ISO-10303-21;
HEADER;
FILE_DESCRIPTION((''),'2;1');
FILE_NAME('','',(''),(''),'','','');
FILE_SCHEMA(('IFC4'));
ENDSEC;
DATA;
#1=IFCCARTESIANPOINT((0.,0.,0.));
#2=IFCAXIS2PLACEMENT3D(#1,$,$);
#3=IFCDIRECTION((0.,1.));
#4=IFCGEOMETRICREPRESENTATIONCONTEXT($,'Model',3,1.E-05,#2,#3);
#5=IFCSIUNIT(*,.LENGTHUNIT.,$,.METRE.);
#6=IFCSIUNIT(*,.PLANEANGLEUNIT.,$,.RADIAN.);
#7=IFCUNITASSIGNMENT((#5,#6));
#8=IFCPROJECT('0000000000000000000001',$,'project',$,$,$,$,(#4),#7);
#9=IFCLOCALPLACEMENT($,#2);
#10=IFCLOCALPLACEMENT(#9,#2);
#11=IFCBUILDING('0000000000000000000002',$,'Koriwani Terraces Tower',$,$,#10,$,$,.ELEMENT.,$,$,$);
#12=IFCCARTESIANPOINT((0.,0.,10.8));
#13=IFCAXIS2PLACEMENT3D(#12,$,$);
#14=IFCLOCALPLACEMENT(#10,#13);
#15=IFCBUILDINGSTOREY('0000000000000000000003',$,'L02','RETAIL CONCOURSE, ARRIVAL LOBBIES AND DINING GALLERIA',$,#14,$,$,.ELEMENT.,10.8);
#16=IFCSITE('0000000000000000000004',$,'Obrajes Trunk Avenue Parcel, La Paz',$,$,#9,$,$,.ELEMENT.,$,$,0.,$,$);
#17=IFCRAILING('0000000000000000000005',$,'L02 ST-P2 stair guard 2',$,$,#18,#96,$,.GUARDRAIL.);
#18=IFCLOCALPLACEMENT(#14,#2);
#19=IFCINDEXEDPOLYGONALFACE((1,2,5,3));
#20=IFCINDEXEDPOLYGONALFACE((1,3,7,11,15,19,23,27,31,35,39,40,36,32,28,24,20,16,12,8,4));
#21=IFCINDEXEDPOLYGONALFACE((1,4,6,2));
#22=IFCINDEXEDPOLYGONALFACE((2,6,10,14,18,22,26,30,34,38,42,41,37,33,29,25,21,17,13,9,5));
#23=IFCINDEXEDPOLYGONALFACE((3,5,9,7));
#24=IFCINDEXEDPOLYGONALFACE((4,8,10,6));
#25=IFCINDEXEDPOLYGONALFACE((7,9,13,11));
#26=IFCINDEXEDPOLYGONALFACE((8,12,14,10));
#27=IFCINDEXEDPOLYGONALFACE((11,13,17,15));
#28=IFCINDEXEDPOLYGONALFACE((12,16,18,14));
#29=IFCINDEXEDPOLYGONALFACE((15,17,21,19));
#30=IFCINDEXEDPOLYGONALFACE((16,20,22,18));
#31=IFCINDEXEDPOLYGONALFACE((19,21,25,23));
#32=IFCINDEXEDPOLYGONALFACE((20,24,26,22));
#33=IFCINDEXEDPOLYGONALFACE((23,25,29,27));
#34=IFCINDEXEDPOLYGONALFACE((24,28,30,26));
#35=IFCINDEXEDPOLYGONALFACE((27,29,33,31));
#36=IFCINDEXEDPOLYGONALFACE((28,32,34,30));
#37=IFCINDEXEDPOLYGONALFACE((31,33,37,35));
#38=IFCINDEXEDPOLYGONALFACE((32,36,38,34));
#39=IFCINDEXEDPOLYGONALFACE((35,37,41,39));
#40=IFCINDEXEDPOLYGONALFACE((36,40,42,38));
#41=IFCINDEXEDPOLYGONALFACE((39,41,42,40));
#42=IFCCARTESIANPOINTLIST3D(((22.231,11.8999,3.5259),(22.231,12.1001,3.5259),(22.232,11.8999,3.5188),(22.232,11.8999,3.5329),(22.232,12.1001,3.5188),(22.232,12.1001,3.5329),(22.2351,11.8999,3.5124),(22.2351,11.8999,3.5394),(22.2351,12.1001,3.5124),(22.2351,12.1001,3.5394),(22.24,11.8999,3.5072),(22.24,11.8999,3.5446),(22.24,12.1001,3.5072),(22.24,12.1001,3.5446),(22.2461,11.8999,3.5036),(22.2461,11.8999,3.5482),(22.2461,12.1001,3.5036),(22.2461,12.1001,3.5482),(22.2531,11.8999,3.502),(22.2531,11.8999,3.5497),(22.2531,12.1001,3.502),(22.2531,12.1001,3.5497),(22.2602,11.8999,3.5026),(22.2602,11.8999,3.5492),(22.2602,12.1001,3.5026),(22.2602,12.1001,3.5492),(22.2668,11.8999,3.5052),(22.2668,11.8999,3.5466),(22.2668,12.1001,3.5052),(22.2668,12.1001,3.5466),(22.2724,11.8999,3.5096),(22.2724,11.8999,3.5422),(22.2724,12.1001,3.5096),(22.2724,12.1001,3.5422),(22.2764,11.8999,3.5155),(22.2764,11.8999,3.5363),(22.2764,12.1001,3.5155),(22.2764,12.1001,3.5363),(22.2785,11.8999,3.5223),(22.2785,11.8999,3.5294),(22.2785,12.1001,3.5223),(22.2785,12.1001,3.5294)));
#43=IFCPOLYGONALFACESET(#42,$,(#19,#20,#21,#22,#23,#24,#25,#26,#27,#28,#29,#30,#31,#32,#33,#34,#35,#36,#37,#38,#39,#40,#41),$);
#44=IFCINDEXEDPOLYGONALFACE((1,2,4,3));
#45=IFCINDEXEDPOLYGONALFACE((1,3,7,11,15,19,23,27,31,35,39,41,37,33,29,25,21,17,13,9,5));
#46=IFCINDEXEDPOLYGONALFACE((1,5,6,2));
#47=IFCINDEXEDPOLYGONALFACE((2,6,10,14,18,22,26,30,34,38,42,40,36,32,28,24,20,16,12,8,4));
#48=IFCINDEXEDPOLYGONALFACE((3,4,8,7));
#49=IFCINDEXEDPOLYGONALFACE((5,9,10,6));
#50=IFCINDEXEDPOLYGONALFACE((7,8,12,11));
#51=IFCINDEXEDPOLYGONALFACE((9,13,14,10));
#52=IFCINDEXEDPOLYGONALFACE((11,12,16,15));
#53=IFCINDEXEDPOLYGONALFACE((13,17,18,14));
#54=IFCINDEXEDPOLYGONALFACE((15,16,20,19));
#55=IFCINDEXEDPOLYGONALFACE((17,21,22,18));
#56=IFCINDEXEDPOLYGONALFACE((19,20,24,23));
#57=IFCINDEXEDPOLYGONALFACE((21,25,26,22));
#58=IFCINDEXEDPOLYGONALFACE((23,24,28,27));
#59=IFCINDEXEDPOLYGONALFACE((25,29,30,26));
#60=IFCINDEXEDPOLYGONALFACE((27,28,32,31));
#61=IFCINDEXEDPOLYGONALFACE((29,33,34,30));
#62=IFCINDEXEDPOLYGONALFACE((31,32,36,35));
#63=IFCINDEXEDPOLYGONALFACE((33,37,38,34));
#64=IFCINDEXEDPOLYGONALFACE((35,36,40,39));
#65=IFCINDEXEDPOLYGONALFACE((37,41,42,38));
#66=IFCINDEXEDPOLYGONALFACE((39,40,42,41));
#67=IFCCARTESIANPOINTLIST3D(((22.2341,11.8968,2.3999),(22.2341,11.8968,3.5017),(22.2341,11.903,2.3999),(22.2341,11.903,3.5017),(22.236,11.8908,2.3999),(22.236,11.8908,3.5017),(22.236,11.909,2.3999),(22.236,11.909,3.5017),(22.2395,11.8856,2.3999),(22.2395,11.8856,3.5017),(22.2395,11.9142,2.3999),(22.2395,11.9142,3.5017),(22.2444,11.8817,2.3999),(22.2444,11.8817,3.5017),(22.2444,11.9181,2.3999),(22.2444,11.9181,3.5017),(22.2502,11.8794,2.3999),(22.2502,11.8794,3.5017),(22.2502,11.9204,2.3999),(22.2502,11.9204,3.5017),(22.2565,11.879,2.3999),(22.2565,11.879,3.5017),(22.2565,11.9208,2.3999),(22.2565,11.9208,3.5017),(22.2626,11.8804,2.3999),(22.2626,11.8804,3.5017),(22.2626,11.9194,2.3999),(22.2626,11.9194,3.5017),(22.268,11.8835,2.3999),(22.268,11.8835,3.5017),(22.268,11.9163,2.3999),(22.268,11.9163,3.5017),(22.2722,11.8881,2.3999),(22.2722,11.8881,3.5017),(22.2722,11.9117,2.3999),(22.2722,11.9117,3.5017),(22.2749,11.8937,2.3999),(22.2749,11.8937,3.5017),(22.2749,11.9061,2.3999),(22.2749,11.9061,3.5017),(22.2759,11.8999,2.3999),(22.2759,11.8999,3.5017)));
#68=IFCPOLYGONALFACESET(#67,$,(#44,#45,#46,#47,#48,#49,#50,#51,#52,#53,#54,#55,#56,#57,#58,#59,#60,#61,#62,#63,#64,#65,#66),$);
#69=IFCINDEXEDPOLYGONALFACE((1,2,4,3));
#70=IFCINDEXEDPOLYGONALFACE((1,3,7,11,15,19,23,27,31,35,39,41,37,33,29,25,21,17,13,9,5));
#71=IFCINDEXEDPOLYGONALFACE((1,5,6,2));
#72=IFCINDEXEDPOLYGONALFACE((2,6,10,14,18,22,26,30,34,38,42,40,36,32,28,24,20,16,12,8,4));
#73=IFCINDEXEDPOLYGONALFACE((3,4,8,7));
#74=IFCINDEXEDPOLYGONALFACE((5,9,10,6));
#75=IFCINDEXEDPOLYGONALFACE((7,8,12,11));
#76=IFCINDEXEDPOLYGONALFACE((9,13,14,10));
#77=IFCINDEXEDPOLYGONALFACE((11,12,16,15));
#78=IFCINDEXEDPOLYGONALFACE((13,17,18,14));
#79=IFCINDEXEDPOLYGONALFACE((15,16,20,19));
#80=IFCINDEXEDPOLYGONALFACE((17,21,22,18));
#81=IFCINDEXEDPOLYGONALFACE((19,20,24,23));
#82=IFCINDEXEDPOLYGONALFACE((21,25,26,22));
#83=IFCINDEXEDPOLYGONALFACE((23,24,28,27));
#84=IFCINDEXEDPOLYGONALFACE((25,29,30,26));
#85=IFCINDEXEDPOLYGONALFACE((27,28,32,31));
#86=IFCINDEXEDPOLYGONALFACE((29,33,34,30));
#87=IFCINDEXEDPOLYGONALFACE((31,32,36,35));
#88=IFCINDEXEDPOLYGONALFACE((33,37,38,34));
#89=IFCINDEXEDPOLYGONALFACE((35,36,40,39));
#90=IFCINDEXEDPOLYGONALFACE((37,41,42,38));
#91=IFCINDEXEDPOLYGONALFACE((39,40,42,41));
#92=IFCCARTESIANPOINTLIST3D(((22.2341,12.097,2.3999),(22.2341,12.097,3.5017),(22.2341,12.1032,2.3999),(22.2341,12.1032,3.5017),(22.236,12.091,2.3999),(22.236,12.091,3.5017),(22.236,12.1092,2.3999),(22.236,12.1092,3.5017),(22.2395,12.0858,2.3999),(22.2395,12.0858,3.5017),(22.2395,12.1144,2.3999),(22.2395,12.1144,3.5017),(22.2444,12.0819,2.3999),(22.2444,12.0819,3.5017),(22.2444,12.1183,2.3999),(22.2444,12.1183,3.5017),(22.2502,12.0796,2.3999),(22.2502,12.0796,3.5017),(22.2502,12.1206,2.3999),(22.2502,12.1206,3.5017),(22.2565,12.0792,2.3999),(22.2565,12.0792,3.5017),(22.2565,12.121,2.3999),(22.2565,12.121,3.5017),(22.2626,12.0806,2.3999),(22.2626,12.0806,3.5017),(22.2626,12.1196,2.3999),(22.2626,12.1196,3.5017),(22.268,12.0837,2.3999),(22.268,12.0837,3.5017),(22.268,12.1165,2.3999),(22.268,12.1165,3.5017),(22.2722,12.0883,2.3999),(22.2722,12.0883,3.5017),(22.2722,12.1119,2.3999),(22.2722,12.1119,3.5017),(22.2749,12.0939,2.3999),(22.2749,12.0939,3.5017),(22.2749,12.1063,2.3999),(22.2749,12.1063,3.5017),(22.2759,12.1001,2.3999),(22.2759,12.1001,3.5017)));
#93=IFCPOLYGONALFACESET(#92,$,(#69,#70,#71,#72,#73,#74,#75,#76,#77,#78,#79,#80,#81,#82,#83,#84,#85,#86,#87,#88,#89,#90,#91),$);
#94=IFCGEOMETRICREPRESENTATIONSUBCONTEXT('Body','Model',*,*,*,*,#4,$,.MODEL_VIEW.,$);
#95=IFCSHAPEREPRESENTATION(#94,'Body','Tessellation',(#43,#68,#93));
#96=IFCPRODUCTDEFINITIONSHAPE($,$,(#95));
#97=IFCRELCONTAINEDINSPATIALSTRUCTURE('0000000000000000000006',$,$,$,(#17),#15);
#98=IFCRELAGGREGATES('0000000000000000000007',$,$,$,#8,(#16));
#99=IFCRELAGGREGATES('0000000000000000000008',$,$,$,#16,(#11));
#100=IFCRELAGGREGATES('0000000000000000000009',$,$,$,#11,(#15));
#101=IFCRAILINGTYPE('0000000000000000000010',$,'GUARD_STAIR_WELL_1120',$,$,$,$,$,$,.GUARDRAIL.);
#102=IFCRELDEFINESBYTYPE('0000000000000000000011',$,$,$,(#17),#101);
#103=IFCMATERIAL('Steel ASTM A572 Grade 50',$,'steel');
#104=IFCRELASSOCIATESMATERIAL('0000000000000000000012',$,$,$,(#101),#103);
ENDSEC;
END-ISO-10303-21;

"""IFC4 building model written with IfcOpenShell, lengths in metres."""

from ifc_helpers import new_model, si_unit, direction, frame, origin, origin_2d, place, context, subcontext, project, spatial, circle, extrude, material, type_object, element, save


model = new_model("IFC4")

# Units and contexts
model_context = context("Model", 3, precision=1e-05, world=origin(), true_north=direction((0.0, 1.0)))
body_context = subcontext(model_context, "Body", "Model", "MODEL_VIEW")
ifc_project = project(units=[si_unit("LENGTHUNIT", "METRE"), si_unit("PLANEANGLEUNIT", "RADIAN")], contexts=[model_context])

# Site, building, storey
site_placement = place(None, origin())
site = spatial("IfcSite", under=ifc_project, at=site_placement, Name="Obrajes Trunk Avenue Parcel, La Paz", CompositionType="ELEMENT", RefElevation=0.0)
building_placement = place(site_placement, origin())
building = spatial("IfcBuilding", under=site, at=building_placement, Name="Koriwani Terraces Tower", CompositionType="ELEMENT")
storey_placement = place(building_placement, frame((0.0, 0.0, 10.8)))
storey = spatial("IfcBuildingStorey", under=building, at=storey_placement, Name="L02", Description="RETAIL CONCOURSE, ARRIVAL LOBBIES AND DINING GALLERIA", CompositionType="ELEMENT", Elevation=10.8)

# Shared definitions
ifc_material_1 = material(Name="Steel ASTM A572 Grade 50", Category="steel")

# Railing
railing_type_1 = type_object("IfcRailingType", Name="GUARD_STAIR_WELL_1120", PredefinedType="GUARDRAIL", material=ifc_material_1)
railing_1_placement = place(storey_placement, frame((22.2549, 11.8999, 2.3999)))
element("IfcRailing", 1, at=railing_1_placement, inside=storey, type_object=railing_type_1, Name="L02 ST-P2 stair guard 2", PredefinedType="GUARDRAIL", context=body_context, shape_type="SweptSolid", body=[
    extrude(circle(Radius=0.0239, at=origin_2d()), frame((0.0, 0.0, 1.126), z_axis=(0.0, 1.0, 0.0), x_axis=(-1.0, 0.0, 0.0)), (0.0, 0.0, 1.0), 0.2002),
    extrude(circle(Radius=0.021, at=origin_2d()), origin(), (0.0, 0.0, 1.0), 1.1018),
    extrude(circle(Radius=0.021, at=origin_2d()), frame((0.0, 0.2002, 0.0)), (0.0, 0.0, 1.0), 1.1018),
])

save(model, "model.ifc")
